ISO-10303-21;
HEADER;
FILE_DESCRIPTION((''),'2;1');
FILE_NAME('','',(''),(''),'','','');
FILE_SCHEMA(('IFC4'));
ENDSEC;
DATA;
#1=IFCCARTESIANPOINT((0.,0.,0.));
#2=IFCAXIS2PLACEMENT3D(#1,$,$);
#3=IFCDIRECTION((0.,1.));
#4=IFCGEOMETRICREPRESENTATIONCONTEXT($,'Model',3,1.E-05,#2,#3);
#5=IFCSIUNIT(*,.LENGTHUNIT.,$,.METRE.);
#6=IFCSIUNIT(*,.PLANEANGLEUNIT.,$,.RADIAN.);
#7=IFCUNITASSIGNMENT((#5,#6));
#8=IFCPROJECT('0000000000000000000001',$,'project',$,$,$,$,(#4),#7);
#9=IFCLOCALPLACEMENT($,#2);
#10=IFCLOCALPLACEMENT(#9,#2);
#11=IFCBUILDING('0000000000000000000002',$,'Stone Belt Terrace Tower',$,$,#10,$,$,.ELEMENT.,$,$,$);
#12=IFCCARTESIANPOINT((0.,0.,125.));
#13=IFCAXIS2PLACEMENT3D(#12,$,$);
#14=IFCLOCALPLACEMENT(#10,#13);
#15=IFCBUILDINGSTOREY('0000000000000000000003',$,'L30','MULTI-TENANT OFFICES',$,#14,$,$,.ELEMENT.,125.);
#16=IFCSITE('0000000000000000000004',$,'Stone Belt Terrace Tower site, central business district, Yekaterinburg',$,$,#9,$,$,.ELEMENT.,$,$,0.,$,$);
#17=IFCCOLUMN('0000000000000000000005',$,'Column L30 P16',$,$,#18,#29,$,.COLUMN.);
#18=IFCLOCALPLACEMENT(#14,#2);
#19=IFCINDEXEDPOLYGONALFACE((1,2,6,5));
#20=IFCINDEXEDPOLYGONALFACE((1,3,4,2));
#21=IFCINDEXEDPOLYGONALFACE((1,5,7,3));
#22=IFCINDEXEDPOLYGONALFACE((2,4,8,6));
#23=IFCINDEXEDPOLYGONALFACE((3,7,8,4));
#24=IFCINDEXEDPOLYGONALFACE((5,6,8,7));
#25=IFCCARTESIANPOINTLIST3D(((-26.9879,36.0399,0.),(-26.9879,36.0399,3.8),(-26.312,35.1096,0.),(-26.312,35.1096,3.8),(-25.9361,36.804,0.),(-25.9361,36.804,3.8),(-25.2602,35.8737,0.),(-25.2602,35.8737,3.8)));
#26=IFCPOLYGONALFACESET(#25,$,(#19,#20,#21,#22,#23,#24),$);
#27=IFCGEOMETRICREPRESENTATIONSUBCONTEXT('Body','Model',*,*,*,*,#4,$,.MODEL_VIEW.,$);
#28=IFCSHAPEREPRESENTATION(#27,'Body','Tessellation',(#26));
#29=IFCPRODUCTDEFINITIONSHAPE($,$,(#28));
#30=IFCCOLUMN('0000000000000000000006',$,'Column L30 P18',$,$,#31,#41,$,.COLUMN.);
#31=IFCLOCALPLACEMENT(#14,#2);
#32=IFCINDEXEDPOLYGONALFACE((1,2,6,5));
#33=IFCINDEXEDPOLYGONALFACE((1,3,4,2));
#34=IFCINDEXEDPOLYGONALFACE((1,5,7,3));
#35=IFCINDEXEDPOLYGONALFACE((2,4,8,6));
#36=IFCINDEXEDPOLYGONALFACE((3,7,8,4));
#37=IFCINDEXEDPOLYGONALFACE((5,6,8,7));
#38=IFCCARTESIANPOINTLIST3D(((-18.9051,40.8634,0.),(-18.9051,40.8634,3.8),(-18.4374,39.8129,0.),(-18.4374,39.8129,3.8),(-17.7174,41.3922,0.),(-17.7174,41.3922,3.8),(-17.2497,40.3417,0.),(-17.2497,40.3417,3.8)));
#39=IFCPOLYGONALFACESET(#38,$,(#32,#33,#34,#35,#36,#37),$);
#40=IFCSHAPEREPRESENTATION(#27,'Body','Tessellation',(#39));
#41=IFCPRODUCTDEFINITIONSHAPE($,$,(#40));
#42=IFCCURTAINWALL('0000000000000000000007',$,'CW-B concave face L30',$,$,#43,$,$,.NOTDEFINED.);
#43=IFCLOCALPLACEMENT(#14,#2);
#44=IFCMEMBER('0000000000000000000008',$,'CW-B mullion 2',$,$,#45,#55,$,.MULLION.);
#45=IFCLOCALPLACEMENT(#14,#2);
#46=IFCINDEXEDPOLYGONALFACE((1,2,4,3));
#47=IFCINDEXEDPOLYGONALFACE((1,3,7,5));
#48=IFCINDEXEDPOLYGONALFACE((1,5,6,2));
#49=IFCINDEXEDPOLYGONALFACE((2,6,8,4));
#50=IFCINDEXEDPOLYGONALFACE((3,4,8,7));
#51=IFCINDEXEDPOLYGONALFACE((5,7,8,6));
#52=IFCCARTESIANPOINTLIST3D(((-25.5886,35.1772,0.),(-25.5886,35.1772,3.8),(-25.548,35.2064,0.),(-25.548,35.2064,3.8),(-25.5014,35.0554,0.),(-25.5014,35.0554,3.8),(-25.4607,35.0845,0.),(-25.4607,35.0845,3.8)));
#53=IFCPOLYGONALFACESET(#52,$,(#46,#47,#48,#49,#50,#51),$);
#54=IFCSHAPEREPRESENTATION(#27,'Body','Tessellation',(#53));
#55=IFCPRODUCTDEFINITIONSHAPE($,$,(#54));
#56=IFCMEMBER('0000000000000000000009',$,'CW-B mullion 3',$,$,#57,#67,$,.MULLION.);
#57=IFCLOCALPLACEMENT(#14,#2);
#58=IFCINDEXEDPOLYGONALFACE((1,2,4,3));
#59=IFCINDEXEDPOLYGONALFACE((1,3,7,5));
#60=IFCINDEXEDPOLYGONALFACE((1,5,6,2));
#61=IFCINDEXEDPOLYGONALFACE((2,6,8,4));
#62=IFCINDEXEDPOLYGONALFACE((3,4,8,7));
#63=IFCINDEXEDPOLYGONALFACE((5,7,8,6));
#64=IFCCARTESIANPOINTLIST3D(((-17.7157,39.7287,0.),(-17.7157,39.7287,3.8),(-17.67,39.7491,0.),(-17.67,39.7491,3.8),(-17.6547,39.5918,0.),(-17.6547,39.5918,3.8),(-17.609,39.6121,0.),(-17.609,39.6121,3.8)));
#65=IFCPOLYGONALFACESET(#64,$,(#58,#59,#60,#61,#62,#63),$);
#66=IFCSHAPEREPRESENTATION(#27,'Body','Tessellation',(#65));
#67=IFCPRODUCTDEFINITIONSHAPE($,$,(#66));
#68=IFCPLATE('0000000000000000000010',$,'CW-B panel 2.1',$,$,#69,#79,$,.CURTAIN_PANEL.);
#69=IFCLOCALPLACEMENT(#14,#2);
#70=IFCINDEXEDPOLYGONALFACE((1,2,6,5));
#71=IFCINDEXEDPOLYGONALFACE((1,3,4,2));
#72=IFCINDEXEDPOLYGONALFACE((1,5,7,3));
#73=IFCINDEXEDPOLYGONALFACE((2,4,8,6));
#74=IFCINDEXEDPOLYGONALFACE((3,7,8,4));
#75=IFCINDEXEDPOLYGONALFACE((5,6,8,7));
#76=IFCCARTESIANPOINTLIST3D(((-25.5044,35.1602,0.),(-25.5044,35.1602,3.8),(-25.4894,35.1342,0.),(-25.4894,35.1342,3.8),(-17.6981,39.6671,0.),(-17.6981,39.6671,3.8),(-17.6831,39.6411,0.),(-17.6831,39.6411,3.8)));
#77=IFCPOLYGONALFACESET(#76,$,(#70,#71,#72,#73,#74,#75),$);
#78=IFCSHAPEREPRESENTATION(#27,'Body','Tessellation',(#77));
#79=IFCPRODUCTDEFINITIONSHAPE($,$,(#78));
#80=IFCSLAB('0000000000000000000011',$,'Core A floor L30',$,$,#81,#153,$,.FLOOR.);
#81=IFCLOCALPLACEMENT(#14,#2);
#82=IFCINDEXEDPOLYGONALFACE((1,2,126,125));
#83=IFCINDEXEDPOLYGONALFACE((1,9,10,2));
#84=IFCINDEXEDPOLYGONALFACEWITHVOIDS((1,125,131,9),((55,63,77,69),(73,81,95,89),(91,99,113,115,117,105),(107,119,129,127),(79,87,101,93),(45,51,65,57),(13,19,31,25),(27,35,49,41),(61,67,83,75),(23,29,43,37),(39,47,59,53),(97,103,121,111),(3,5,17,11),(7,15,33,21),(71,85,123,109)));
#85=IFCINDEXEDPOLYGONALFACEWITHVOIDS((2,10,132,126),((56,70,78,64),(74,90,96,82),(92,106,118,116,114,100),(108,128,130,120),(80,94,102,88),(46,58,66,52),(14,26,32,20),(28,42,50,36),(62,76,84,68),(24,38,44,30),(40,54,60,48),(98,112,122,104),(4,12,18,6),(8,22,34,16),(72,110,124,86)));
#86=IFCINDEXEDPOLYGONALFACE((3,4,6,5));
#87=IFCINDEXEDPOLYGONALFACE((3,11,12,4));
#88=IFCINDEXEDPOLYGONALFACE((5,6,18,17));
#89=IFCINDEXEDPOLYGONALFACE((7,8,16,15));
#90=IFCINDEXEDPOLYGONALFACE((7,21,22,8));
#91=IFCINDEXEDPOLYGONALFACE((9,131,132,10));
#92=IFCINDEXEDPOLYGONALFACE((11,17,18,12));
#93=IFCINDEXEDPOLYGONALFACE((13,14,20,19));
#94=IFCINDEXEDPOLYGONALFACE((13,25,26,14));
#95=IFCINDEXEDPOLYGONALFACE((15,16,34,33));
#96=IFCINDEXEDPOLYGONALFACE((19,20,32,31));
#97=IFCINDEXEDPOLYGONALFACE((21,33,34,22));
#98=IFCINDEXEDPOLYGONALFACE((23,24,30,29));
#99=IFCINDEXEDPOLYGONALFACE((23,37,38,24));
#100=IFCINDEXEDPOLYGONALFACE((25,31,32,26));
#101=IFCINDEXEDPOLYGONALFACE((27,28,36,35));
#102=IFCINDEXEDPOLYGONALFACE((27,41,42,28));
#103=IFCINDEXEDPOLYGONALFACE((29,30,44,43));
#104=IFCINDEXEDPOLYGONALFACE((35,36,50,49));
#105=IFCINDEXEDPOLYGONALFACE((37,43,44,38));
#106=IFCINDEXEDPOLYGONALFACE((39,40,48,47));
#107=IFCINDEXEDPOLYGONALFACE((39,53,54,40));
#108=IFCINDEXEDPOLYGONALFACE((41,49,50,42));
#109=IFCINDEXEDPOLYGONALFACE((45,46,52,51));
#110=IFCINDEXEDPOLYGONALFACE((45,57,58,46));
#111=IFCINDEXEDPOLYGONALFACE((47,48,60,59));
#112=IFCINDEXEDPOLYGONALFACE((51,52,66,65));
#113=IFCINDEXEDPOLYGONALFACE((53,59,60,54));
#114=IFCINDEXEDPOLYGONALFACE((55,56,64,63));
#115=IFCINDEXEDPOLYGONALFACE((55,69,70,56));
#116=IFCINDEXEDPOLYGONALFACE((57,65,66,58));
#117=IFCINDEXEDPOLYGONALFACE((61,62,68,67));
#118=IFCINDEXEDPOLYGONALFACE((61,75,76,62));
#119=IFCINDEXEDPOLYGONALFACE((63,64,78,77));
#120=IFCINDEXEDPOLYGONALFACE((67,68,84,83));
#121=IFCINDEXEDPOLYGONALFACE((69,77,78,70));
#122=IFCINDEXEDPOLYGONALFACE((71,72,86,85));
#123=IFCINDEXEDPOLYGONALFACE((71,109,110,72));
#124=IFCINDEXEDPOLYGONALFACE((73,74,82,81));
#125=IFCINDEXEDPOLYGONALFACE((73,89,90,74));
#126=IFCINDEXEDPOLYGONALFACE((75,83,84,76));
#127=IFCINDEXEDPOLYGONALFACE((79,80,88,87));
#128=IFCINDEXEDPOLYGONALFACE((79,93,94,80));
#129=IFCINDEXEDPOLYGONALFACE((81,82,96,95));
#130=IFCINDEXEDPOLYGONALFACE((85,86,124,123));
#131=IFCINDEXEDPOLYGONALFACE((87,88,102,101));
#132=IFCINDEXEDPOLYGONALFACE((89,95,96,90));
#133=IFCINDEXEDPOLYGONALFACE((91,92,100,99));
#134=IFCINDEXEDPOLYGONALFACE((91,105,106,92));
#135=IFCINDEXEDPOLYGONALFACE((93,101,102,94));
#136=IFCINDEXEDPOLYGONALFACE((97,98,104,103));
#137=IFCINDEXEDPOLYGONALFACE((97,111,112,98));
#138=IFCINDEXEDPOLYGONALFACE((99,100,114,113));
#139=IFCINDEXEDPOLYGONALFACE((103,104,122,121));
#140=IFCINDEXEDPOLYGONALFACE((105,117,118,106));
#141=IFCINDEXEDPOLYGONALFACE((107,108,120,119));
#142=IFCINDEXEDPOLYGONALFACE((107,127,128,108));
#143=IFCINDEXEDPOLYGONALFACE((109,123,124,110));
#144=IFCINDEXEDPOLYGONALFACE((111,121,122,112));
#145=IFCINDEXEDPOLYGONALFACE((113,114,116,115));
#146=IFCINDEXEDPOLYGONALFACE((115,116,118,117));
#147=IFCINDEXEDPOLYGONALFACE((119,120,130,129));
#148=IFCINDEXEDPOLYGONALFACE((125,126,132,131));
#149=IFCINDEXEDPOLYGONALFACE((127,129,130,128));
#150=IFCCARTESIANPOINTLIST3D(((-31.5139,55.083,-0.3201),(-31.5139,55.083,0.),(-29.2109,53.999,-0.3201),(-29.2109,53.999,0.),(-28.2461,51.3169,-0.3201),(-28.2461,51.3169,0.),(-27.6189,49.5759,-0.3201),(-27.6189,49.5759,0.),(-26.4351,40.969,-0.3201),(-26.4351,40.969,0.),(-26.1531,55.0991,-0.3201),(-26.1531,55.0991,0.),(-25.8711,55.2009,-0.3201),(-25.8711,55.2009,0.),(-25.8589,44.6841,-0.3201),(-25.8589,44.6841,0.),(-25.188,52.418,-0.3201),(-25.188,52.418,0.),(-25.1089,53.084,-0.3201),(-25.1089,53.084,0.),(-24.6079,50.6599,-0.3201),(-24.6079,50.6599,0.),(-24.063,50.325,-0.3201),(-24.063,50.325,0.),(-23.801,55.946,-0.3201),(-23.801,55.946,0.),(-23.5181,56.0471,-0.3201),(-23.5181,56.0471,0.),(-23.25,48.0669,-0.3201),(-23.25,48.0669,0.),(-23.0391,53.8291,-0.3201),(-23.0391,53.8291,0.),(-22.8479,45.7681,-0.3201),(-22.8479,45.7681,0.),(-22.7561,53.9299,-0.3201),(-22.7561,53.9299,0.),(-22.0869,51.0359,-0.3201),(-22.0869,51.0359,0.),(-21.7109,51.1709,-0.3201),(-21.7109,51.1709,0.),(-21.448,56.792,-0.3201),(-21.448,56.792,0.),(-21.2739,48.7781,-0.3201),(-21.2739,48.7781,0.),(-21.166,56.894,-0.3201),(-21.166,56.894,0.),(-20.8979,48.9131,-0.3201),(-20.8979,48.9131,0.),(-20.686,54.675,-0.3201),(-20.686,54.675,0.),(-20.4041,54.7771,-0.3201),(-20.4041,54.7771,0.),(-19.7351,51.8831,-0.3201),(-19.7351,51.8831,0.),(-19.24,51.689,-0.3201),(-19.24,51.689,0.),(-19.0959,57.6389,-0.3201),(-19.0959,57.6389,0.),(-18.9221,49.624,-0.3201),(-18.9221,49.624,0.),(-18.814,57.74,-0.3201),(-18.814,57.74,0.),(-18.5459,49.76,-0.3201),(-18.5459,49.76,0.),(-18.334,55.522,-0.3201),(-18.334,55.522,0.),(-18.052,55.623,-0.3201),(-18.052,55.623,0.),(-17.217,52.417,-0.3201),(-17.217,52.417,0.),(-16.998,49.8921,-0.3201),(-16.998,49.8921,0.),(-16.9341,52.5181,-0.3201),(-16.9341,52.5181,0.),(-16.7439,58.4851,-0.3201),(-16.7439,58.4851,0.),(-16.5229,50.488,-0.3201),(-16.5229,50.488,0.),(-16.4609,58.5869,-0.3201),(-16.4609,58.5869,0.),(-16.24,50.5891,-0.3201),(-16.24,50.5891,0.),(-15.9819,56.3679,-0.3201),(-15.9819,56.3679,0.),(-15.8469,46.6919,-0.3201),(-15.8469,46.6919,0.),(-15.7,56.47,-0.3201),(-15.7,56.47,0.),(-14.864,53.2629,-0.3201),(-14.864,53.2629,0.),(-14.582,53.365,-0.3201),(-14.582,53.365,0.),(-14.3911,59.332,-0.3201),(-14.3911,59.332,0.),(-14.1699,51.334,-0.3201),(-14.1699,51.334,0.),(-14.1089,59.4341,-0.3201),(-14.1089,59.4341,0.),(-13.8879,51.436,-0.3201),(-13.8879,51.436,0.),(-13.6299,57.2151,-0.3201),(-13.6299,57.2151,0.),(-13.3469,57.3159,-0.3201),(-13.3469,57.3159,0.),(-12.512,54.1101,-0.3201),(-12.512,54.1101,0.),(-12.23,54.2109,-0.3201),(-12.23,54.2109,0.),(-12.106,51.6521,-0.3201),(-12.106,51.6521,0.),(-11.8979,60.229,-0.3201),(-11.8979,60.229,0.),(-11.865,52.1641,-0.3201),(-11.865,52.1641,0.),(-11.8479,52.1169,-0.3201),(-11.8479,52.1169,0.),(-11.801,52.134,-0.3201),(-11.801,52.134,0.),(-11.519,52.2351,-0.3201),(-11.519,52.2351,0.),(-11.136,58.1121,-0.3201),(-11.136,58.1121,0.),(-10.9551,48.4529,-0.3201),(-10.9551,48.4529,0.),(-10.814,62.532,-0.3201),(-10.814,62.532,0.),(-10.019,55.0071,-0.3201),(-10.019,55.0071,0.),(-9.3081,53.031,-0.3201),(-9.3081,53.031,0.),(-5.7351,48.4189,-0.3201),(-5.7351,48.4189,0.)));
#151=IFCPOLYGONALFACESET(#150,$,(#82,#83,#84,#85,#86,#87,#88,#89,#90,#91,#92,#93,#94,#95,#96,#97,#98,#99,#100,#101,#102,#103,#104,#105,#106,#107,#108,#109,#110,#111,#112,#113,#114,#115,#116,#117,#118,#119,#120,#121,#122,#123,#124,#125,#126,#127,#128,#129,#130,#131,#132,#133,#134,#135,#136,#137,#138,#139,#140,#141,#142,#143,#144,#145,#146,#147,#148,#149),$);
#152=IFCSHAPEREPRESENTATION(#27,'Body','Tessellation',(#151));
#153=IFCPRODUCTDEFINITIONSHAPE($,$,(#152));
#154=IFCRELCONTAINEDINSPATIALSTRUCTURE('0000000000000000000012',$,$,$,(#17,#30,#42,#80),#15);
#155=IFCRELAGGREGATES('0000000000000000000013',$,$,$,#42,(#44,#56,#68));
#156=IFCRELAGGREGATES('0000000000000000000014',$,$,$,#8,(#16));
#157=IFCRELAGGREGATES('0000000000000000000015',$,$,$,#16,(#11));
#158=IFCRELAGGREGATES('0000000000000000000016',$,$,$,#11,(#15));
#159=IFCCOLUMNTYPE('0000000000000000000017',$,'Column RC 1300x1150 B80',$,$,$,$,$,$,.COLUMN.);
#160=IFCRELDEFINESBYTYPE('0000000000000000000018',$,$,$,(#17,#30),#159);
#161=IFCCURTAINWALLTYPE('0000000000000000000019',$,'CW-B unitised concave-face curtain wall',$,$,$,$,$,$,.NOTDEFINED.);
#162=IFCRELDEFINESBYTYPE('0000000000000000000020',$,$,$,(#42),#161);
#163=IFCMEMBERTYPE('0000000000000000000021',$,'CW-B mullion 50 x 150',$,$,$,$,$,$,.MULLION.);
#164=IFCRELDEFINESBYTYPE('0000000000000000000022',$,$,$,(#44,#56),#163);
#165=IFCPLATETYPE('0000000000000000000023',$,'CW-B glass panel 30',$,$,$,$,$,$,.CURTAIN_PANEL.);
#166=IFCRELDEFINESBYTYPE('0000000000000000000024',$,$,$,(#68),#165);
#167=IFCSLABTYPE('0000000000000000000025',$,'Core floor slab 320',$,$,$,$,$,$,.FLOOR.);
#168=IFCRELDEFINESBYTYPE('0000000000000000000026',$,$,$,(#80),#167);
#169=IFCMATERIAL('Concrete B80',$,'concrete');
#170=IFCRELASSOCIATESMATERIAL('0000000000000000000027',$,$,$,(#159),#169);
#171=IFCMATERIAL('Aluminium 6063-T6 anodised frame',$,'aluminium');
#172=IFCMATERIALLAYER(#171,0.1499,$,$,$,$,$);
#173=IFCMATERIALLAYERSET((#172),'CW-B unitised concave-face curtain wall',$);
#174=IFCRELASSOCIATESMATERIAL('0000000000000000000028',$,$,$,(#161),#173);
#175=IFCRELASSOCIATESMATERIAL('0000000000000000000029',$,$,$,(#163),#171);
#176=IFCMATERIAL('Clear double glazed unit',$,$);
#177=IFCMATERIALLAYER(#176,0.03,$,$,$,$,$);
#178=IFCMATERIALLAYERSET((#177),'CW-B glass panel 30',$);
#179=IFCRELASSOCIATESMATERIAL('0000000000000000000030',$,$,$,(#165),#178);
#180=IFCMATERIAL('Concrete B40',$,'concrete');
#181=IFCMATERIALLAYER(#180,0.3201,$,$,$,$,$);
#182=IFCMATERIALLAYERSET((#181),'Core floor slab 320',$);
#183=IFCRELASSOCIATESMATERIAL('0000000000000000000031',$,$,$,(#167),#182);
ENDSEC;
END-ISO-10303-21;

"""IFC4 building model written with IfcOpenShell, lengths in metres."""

from ifc_helpers import new_model, si_unit, direction, frame, origin, origin_2d, place, context, subcontext, project, spatial, polyline, rectangle, outline, extrude, material, layer, layer_set, material_profile, profile_set, type_object, element, aggregate, save


model = new_model("IFC4")

# Units and contexts
model_context = context("Model", 3, precision=1e-05, world=origin(), true_north=direction((0.0, 1.0)))
body_context = subcontext(model_context, "Body", "Model", "MODEL_VIEW")
ifc_project = project(units=[si_unit("LENGTHUNIT", "METRE"), si_unit("PLANEANGLEUNIT", "RADIAN")], contexts=[model_context])

# Site, building, storey
site_placement = place(None, origin())
site = spatial("IfcSite", under=ifc_project, at=site_placement, Name="Stone Belt Terrace Tower site, central business district, Yekaterinburg", CompositionType="ELEMENT", RefElevation=0.0)
building_placement = place(site_placement, origin())
building = spatial("IfcBuilding", under=site, at=building_placement, Name="Stone Belt Terrace Tower", CompositionType="ELEMENT")
storey_placement = place(building_placement, frame((0.0, 0.0, 125.0)))
storey = spatial("IfcBuildingStorey", under=building, at=storey_placement, Name="L30", Description="MULTI-TENANT OFFICES", CompositionType="ELEMENT", Elevation=125.0)

# Columns
ifc_material_1 = material(Name="Concrete B80", Category="concrete")
ifc_material_profile_1 = material_profile(ifc_material_1, rectangle(XDim=1.3, YDim=1.1499, at=origin_2d()), Name="RC 1300x1150")
ifc_profile_set_1 = profile_set([ifc_material_profile_1], Name="Concrete B80")
column_type = type_object("IfcColumnType", Name="Column RC 1300x1150 B80", PredefinedType="COLUMN", material=ifc_profile_set_1)
for number, where, z_axis, x_axis, name in (
    (1, (-26.124, 35.9568, 0.0), (0.0, 0.0, 1.0), (0.809017, 0.587785, 0.0), "Column L30 P16"),
    (2, (-18.0774, 40.6025, 0.0), (0.0, 0.0, 1.0), (0.913545, 0.406737, 0.0), "Column L30 P18"),
):
    element("IfcColumn", number, at=place(storey_placement, frame(where, z_axis=z_axis, x_axis=x_axis)), inside=storey, type_object=column_type, Name=name, PredefinedType="COLUMN", context=body_context, shape_type="SweptSolid", body=[
        extrude(rectangle(XDim=1.3, YDim=1.1499, at=origin_2d()), origin(), (0.0, 0.0, 1.0), 3.8),
    ])

# Curtain wall, members, plate
ifc_material_2 = material(Name="Aluminium 6063-T6 anodised frame", Category="aluminium")
ifc_layer_1 = layer(ifc_material_2, 0.1499)
ifc_layer_set_1 = layer_set([ifc_layer_1], Name="CW-B unitised concave-face curtain wall")
curtain_wall_type = type_object("IfcCurtainWallType", Name="CW-B unitised concave-face curtain wall", PredefinedType="NOTDEFINED", material=ifc_layer_set_1)
curtain_wall_placement = place(storey_placement, origin())
curtain_wall = element("IfcCurtainWall", 3, at=curtain_wall_placement, inside=storey, type_object=curtain_wall_type, Name="CW-B concave face L30", PredefinedType="NOTDEFINED")
ifc_material_profile_2 = material_profile(ifc_material_2, rectangle(XDim=0.1499, YDim=0.05, at=origin_2d()), Name="Aluminium 6063-T6 50x150")
ifc_profile_set_2 = profile_set([ifc_material_profile_2], Name="Aluminium 6063-T6 anodised frame")
member_type = type_object("IfcMemberType", Name="CW-B mullion 50 x 150", PredefinedType="MULLION", material=ifc_profile_set_2)
member_1_placement = place(storey_placement, frame((-25.5247, 35.1309, 0.0), z_axis=(0.0, 0.0, 1.0), x_axis=(-0.582342, 0.812944, 0.0)))
member_1 = element("IfcMember", 4, at=member_1_placement, type_object=member_type, Name="CW-B mullion 2", PredefinedType="MULLION", context=body_context, shape_type="SweptSolid", body=[
    extrude(rectangle(XDim=0.1499, YDim=0.05, at=origin_2d()), origin(), (0.0, 0.0, 1.0), 3.8),
])
member_2_placement = place(storey_placement, frame((-17.6624, 39.6704, 0.0), z_axis=(0.0, 0.0, 1.0), x_axis=(-0.406737, 0.913545, 0.0)))
member_2 = element("IfcMember", 5, at=member_2_placement, type_object=member_type, Name="CW-B mullion 3", PredefinedType="MULLION", context=body_context, shape_type="SweptSolid", body=[
    extrude(rectangle(XDim=0.1499, YDim=0.05, at=origin_2d()), origin(), (0.0, 0.0, 1.0), 3.8),
])
ifc_material_3 = material(Name="Clear double glazed unit")
ifc_layer_2 = layer(ifc_material_3, 0.03)
ifc_layer_set_2 = layer_set([ifc_layer_2], Name="CW-B glass panel 30")
plate_type = type_object("IfcPlateType", Name="CW-B glass panel 30", PredefinedType="CURTAIN_PANEL", material=ifc_layer_set_2)
plate_placement = place(storey_placement, frame((-21.5938, 37.4006, 0.0), z_axis=(0.0, 0.0, 1.0), x_axis=(0.866025, 0.5, 0.0)))
plate = element("IfcPlate", 6, at=plate_placement, type_object=plate_type, Name="CW-B panel 2.1", PredefinedType="CURTAIN_PANEL", context=body_context, shape_type="SweptSolid", body=[
    extrude(rectangle(XDim=9.0139, YDim=0.03, at=origin_2d()), origin(), (0.0, 0.0, 1.0), 3.8),
])
aggregate(curtain_wall, [member_1, member_2, plate])

# Slab
ifc_material_4 = material(Name="Concrete B40", Category="concrete")
ifc_layer_3 = layer(ifc_material_4, 0.3201)
ifc_layer_set_3 = layer_set([ifc_layer_3], Name="Core floor slab 320")
slab_type_1 = type_object("IfcSlabType", Name="Core floor slab 320", PredefinedType="FLOOR", material=ifc_layer_set_3)
slab_1_placement = place(storey_placement, frame((0.0, 0.0, -0.3201)))
element("IfcSlab", 7, at=slab_1_placement, inside=storey, type_object=slab_type_1, Name="Core A floor L30", PredefinedType="FLOOR", context=body_context, shape_type="SweptSolid", body=[
    extrude(outline(polyline([(-26.4351, 40.969), (-5.7351, 48.4189), (-10.814, 62.532), (-31.5139, 55.083), (-26.4351, 40.969)]), holes=[polyline([(-24.6079, 50.6599), (-22.8479, 45.7681), (-25.8589, 44.6841), (-27.6189, 49.5759), (-24.6079, 50.6599)]), polyline([(-21.2739, 48.7781), (-23.25, 48.0669), (-24.063, 50.325), (-22.0869, 51.0359), (-21.2739, 48.7781)]), polyline([(-18.9221, 49.624), (-20.8979, 48.9131), (-21.7109, 51.1709), (-19.7351, 51.8831), (-18.9221, 49.624)]), polyline([(-19.24, 51.689), (-17.217, 52.417), (-16.5229, 50.488), (-18.5459, 49.76), (-19.24, 51.689)]), polyline([(-29.2109, 53.999), (-26.1531, 55.0991), (-25.188, 52.418), (-28.2461, 51.3169), (-29.2109, 53.999)]), polyline([(-23.801, 55.946), (-23.0391, 53.8291), (-25.1089, 53.084), (-25.8711, 55.2009), (-23.801, 55.946)]), polyline([(-21.448, 56.792), (-20.686, 54.675), (-22.7561, 53.9299), (-23.5181, 56.0471), (-21.448, 56.792)]), polyline([(-19.0959, 57.6389), (-18.334, 55.522), (-20.4041, 54.7771), (-21.166, 56.894), (-19.0959, 57.6389)]), polyline([(-15.8469, 46.6919), (-16.998, 49.8921), (-12.106, 51.6521), (-10.9551, 48.4529), (-15.8469, 46.6919)]), polyline([(-16.24, 50.5891), (-16.9341, 52.5181), (-14.864, 53.2629), (-14.1699, 51.334), (-16.24, 50.5891)]), polyline([(-11.801, 52.134), (-11.8479, 52.1169), (-11.865, 52.1641), (-13.8879, 51.436), (-14.582, 53.365), (-12.512, 54.1101), (-11.801, 52.134)]), polyline([(-9.3081, 53.031), (-11.519, 52.2351), (-12.23, 54.2109), (-10.019, 55.0071), (-9.3081, 53.031)]), polyline([(-16.7439, 58.4851), (-15.9819, 56.3679), (-18.052, 55.623), (-18.814, 57.74), (-16.7439, 58.4851)]), polyline([(-14.3911, 59.332), (-13.6299, 57.2151), (-15.7, 56.47), (-16.4609, 58.5869), (-14.3911, 59.332)]), polyline([(-11.8979, 60.229), (-11.136, 58.1121), (-13.3469, 57.3159), (-14.1089, 59.4341), (-11.8979, 60.229)])]), origin(), (0.0, 0.0, 1.0), 0.3201),
])

save(model, "model.ifc")
